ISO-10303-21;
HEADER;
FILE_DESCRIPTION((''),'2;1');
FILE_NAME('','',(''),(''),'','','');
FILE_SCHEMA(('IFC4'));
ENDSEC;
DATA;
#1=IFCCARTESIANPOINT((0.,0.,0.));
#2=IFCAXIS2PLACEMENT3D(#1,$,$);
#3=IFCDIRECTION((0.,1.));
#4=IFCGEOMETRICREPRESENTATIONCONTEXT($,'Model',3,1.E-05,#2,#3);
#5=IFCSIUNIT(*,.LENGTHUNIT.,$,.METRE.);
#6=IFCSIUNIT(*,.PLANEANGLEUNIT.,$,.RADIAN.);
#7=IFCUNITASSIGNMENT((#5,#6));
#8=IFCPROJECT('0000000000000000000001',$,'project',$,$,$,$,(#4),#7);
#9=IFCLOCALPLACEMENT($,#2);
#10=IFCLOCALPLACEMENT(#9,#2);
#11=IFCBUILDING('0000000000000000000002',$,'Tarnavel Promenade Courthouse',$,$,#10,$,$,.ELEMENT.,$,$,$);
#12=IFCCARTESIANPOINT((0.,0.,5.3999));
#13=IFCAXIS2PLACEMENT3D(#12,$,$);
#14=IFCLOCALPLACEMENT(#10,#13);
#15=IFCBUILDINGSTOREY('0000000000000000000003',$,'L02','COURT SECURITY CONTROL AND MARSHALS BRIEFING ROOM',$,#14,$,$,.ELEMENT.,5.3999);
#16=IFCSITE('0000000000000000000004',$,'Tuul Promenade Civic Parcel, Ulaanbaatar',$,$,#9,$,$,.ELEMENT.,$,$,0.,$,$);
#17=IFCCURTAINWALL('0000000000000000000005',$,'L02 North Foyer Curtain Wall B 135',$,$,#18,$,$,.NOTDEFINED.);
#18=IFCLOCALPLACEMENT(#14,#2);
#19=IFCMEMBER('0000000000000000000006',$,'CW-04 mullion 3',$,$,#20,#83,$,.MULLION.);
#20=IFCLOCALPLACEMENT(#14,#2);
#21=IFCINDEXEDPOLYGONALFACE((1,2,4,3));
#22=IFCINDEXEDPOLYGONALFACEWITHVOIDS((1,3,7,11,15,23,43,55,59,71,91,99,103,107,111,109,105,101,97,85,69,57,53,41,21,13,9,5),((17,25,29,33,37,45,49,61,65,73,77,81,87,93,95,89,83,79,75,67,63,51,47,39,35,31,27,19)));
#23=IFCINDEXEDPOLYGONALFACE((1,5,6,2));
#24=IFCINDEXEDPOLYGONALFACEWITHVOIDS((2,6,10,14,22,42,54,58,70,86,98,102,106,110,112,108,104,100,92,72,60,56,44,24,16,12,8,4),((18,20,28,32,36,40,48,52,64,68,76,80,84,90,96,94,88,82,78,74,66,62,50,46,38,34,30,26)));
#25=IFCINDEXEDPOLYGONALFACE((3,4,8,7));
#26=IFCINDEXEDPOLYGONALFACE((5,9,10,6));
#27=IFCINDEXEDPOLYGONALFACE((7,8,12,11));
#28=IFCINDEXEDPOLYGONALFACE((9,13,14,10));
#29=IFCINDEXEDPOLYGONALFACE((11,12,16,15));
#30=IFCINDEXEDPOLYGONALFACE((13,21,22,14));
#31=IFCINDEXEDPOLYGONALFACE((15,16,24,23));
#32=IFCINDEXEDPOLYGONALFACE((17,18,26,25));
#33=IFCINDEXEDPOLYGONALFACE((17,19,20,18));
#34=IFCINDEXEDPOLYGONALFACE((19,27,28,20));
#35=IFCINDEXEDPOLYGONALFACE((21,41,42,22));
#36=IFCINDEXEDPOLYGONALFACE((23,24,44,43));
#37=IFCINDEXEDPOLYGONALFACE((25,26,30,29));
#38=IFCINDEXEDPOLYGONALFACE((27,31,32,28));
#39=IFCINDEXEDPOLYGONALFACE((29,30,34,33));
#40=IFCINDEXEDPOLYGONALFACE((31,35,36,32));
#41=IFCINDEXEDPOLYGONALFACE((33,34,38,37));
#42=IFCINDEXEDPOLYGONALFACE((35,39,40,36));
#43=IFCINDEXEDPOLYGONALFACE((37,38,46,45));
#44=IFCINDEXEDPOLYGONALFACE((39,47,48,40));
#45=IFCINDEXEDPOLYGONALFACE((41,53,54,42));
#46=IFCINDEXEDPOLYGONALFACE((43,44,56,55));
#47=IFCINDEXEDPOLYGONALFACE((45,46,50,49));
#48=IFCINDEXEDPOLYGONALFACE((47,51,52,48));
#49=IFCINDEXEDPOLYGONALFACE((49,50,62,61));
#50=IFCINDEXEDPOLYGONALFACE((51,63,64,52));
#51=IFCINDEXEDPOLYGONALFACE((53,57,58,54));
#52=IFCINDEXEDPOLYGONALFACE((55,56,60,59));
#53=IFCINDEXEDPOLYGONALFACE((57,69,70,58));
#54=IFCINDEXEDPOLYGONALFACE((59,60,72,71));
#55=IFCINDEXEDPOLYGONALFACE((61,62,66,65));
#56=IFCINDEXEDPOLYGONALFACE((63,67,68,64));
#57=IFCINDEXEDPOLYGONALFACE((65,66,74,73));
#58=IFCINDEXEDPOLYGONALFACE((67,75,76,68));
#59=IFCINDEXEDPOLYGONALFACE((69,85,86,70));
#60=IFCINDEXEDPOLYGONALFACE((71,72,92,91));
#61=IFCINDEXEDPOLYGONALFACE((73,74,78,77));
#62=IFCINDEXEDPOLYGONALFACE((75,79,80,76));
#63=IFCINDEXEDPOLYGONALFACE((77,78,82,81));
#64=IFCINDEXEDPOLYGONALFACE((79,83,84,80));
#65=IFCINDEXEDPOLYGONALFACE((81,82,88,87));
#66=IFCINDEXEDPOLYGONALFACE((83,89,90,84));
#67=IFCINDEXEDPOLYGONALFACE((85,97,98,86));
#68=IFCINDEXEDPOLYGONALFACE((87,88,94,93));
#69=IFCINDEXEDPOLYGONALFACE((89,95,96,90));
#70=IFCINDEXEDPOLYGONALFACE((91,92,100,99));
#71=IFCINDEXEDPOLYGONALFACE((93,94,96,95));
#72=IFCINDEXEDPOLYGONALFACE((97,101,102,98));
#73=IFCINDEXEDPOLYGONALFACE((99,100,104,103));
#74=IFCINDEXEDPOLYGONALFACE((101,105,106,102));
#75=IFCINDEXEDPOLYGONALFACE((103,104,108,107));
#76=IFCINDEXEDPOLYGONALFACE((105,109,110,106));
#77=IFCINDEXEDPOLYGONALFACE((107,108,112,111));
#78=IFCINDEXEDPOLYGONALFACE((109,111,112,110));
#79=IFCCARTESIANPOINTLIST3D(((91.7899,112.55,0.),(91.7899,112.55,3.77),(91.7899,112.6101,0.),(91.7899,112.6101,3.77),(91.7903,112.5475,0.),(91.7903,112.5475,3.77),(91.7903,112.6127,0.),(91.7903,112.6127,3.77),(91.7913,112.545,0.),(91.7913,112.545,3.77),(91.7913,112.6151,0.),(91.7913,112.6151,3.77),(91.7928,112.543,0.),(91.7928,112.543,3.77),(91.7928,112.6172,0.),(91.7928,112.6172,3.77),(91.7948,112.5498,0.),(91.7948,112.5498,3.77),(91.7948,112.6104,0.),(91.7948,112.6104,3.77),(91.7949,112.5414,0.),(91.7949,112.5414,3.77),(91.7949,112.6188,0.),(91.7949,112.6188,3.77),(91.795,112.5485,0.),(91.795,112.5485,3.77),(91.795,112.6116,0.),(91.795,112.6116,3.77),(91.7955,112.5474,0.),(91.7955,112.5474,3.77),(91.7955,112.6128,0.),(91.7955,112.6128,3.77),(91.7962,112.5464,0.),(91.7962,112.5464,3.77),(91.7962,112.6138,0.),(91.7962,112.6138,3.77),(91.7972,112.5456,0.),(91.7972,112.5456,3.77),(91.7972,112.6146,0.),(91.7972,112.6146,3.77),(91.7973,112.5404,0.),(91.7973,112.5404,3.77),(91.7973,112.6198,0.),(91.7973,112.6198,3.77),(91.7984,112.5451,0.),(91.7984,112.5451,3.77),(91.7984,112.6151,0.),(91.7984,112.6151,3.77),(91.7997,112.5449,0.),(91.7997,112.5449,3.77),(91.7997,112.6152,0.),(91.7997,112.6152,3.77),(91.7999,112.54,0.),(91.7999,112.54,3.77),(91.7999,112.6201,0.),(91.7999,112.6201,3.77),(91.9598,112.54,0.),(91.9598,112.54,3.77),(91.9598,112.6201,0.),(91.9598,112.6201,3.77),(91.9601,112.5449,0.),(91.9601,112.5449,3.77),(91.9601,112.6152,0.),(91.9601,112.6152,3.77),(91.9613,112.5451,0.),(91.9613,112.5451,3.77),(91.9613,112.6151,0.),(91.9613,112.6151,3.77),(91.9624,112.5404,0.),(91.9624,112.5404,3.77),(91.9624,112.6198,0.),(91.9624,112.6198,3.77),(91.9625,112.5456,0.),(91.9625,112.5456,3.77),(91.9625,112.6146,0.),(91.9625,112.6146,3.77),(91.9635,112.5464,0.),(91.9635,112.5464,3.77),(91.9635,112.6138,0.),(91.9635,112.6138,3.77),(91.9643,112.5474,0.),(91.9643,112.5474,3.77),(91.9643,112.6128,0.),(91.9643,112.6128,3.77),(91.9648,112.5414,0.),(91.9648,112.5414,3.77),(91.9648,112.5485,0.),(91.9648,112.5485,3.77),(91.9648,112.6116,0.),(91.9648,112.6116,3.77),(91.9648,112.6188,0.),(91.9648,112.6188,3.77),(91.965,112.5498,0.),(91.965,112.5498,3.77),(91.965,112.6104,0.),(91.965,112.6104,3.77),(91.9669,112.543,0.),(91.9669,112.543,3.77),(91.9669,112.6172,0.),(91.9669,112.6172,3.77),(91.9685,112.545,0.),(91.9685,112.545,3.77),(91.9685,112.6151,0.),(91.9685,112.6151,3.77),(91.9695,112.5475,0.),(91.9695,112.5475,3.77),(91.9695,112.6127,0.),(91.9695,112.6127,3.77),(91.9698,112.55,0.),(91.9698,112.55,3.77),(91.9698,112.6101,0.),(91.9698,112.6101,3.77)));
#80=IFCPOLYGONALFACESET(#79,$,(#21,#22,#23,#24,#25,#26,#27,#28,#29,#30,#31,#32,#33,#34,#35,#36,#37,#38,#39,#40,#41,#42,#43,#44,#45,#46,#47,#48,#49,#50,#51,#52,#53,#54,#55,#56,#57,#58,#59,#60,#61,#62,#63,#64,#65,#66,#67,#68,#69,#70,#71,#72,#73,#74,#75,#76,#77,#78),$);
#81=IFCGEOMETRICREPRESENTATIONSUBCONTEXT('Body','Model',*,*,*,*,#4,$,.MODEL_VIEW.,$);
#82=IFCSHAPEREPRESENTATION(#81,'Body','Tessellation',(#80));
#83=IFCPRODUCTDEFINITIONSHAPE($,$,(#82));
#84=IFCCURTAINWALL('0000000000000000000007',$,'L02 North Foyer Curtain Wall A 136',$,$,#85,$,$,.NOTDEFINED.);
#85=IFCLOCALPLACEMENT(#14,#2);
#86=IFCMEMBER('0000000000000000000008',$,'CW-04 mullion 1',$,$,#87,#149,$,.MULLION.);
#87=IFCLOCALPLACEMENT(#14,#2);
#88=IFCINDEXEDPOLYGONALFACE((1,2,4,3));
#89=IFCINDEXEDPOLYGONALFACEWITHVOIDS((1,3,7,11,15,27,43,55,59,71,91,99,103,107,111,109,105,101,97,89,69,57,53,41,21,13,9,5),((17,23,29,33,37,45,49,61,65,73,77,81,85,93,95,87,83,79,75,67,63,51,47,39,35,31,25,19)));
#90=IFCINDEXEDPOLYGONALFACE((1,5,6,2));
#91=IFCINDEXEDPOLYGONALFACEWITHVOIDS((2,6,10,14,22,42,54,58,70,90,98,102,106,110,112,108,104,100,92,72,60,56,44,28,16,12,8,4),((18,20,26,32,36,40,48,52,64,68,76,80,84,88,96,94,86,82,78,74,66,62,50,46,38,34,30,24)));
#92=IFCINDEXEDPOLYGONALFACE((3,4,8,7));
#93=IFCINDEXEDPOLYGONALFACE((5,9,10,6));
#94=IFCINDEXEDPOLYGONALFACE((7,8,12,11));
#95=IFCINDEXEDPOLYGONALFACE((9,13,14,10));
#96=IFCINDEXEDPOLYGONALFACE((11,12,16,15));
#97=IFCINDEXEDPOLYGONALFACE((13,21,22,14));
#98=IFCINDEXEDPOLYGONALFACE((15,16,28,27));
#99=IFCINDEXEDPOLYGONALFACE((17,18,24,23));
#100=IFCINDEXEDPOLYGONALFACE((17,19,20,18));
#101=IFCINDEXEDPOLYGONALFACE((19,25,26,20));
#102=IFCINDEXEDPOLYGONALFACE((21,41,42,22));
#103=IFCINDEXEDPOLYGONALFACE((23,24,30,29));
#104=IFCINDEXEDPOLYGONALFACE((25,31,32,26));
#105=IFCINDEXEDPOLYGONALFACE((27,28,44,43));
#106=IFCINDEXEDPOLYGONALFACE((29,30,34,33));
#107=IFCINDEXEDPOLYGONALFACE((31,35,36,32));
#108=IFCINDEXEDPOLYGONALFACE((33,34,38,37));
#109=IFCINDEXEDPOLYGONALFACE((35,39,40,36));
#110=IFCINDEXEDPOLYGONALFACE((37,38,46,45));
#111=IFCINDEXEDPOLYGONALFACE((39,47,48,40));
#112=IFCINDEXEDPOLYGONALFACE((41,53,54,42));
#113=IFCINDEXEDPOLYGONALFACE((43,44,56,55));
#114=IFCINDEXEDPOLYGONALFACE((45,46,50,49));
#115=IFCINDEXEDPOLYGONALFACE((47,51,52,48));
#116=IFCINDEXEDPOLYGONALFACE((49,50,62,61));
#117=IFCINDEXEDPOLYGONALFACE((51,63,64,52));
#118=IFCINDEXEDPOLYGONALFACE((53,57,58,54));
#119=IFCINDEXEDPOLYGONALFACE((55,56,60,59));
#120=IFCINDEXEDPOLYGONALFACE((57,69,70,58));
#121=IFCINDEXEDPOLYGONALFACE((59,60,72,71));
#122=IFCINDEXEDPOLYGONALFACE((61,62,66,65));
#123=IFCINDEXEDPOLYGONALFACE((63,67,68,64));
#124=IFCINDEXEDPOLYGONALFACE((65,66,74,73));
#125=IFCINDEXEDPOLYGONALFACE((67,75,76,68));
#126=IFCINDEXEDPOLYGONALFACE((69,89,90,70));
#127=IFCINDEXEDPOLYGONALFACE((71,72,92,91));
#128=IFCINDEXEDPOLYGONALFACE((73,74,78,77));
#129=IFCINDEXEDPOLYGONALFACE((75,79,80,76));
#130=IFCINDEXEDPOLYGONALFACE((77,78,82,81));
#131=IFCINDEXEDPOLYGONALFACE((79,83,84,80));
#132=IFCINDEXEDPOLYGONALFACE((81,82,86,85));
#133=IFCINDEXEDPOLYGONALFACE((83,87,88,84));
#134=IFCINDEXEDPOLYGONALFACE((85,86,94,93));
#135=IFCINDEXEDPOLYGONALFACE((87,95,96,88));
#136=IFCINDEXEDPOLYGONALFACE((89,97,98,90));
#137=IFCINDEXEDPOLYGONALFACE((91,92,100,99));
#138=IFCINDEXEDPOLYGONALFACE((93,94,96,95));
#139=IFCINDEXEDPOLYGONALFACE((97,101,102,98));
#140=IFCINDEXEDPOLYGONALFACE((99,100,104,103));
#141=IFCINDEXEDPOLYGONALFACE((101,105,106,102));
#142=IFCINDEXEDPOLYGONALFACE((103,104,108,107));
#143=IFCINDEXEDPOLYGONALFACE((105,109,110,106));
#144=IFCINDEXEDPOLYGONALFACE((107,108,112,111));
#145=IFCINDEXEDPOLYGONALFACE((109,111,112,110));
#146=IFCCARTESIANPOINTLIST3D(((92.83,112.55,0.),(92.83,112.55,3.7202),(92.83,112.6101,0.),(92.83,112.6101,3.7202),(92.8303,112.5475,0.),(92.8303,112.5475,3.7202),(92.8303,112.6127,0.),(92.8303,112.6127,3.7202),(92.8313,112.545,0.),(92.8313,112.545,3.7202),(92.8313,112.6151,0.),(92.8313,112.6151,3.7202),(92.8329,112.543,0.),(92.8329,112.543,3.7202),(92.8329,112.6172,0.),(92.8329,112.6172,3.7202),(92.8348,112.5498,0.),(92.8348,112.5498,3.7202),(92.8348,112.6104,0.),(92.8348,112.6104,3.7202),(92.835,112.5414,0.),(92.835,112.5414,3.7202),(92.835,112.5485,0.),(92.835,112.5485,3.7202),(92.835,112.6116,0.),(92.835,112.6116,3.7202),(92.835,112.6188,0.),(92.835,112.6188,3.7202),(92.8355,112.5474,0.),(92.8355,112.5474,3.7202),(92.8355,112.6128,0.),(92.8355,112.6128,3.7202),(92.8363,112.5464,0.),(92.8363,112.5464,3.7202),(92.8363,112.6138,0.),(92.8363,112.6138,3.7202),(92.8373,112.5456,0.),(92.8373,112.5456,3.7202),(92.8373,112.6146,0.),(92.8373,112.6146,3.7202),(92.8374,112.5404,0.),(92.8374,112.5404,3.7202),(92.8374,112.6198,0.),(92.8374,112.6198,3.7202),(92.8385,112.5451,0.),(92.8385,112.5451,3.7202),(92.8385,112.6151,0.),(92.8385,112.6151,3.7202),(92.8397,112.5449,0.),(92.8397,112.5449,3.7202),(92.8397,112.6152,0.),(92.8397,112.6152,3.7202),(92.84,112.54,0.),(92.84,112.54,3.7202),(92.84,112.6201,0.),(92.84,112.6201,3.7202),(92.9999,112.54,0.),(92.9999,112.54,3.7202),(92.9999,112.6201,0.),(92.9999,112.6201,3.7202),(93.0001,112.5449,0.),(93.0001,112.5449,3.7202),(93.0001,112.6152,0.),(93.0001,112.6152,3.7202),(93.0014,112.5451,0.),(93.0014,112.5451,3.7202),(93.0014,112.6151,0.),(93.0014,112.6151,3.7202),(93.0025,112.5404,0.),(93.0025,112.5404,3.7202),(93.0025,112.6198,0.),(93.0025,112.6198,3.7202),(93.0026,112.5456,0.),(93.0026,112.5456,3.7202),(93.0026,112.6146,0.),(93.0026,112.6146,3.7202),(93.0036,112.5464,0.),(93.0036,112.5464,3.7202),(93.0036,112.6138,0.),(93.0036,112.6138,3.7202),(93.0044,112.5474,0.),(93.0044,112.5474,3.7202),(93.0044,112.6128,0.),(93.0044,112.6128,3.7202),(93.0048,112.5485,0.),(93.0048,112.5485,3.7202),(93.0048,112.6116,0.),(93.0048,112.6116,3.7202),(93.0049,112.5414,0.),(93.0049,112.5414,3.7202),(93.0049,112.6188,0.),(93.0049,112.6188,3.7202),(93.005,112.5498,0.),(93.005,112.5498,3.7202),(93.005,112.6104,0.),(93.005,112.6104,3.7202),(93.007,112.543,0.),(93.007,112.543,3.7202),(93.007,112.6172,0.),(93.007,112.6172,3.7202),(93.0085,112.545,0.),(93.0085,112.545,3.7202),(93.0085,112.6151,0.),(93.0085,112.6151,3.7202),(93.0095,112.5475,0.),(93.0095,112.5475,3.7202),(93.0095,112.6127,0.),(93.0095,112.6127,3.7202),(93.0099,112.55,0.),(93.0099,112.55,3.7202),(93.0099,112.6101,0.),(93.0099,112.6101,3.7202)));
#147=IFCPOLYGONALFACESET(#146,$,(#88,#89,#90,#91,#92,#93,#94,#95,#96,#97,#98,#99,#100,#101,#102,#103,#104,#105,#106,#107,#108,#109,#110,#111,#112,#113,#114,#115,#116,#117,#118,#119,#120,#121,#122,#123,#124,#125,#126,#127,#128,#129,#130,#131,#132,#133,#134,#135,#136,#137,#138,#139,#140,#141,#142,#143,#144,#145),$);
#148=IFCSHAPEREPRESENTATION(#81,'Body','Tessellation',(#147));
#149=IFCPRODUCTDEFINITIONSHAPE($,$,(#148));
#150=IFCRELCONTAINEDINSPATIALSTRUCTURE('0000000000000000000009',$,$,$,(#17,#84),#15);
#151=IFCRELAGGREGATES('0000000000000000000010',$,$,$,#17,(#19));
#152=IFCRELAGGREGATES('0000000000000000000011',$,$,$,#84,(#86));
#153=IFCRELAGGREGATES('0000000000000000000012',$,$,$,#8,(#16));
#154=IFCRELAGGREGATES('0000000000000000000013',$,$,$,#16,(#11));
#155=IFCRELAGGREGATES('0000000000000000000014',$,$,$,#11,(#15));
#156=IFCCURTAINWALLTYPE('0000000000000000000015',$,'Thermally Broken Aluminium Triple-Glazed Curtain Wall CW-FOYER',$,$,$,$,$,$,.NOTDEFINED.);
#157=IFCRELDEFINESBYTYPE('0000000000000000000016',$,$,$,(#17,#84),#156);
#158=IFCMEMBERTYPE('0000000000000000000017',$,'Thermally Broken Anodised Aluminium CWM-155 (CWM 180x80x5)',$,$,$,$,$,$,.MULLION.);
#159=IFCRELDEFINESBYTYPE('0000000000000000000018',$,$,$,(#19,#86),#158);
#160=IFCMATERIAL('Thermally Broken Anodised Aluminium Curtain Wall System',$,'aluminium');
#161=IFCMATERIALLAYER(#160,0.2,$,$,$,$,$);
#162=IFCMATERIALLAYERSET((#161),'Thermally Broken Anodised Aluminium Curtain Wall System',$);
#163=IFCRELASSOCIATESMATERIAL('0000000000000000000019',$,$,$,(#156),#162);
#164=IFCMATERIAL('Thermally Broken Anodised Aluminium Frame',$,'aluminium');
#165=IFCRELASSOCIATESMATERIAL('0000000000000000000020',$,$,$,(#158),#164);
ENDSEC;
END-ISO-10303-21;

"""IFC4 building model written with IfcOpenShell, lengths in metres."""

from ifc_helpers import new_model, si_unit, direction, frame, origin, origin_2d, place, context, subcontext, project, spatial, hollow_rectangle, extrude, material, layer, layer_set, material_profile, profile_set, type_object, element, aggregate, save


model = new_model("IFC4")

# Units and contexts
model_context = context("Model", 3, precision=1e-05, world=origin(), true_north=direction((0.0, 1.0)))
body_context = subcontext(model_context, "Body", "Model", "MODEL_VIEW")
ifc_project = project(units=[si_unit("LENGTHUNIT", "METRE"), si_unit("PLANEANGLEUNIT", "RADIAN")], contexts=[model_context])

# Site, building, storey
site_placement = place(None, origin())
site = spatial("IfcSite", under=ifc_project, at=site_placement, Name="Tuul Promenade Civic Parcel, Ulaanbaatar", CompositionType="ELEMENT", RefElevation=0.0)
building_placement = place(site_placement, origin())
building = spatial("IfcBuilding", under=site, at=building_placement, Name="Tarnavel Promenade Courthouse", CompositionType="ELEMENT")
storey_placement = place(building_placement, frame((0.0, 0.0, 5.3999)))
storey = spatial("IfcBuildingStorey", under=building, at=storey_placement, Name="L02", Description="COURT SECURITY CONTROL AND MARSHALS BRIEFING ROOM", CompositionType="ELEMENT", Elevation=5.3999)

# Shared definitions
ifc_material_1 = material(Name="Thermally Broken Anodised Aluminium Curtain Wall System", Category="aluminium")
ifc_layer_1 = layer(ifc_material_1, 0.2)
ifc_layer_set_1 = layer_set([ifc_layer_1], Name="Thermally Broken Anodised Aluminium Curtain Wall System")
curtain_wall_type = type_object("IfcCurtainWallType", Name="Thermally Broken Aluminium Triple-Glazed Curtain Wall CW-FOYER", PredefinedType="NOTDEFINED", material=ifc_layer_set_1)
ifc_material_2 = material(Name="Thermally Broken Anodised Aluminium Frame", Category="aluminium")
ifc_material_profile_1 = material_profile(ifc_material_2, hollow_rectangle(XDim=0.0801, YDim=0.1799, WallThickness=0.0049, InnerFilletRadius=0.0049, OuterFilletRadius=0.01, at=origin_2d()), Name="CWM 180x80x5")
ifc_profile_set_1 = profile_set([ifc_material_profile_1], Name="Thermally Broken Anodised Aluminium Frame")
member_type_1 = type_object("IfcMemberType", Name="Thermally Broken Anodised Aluminium CWM-155 (CWM 180x80x5)", PredefinedType="MULLION", material=ifc_profile_set_1)

# Curtain walls, members
curtain_wall_1_placement = place(storey_placement, origin())
curtain_wall_1 = element("IfcCurtainWall", 1, at=curtain_wall_1_placement, inside=storey, type_object=curtain_wall_type, Name="L02 North Foyer Curtain Wall B 135", PredefinedType="NOTDEFINED")
member_1_placement = place(storey_placement, frame((91.8799, 112.5801, 0.0), z_axis=(0.0, 0.0, 1.0), x_axis=(0.0, 1.0, 0.0)))
member_1 = element("IfcMember", 2, at=member_1_placement, type_object=member_type_1, Name="CW-04 mullion 3", PredefinedType="MULLION", context=body_context, shape_type="SweptSolid", body=[
    extrude(hollow_rectangle(XDim=0.0801, YDim=0.1799, WallThickness=0.0049, InnerFilletRadius=0.0049, OuterFilletRadius=0.01, at=origin_2d()), origin(), (0.0, 0.0, 1.0), 3.77),
])
curtain_wall_2_placement = place(storey_placement, origin())
curtain_wall_2 = element("IfcCurtainWall", 3, at=curtain_wall_2_placement, inside=storey, type_object=curtain_wall_type, Name="L02 North Foyer Curtain Wall A 136", PredefinedType="NOTDEFINED")
member_2_placement = place(storey_placement, frame((92.9199, 112.5801, 0.0), z_axis=(0.0, 0.0, 1.0), x_axis=(0.0, 1.0, 0.0)))
member_2 = element("IfcMember", 4, at=member_2_placement, type_object=member_type_1, Name="CW-04 mullion 1", PredefinedType="MULLION", context=body_context, shape_type="SweptSolid", body=[
    extrude(hollow_rectangle(XDim=0.0801, YDim=0.1799, WallThickness=0.0049, InnerFilletRadius=0.0049, OuterFilletRadius=0.01, at=origin_2d()), origin(), (0.0, 0.0, 1.0), 3.7202),
])

aggregate(curtain_wall_1, [member_1])
aggregate(curtain_wall_2, [member_2])

save(model, "model.ifc")
